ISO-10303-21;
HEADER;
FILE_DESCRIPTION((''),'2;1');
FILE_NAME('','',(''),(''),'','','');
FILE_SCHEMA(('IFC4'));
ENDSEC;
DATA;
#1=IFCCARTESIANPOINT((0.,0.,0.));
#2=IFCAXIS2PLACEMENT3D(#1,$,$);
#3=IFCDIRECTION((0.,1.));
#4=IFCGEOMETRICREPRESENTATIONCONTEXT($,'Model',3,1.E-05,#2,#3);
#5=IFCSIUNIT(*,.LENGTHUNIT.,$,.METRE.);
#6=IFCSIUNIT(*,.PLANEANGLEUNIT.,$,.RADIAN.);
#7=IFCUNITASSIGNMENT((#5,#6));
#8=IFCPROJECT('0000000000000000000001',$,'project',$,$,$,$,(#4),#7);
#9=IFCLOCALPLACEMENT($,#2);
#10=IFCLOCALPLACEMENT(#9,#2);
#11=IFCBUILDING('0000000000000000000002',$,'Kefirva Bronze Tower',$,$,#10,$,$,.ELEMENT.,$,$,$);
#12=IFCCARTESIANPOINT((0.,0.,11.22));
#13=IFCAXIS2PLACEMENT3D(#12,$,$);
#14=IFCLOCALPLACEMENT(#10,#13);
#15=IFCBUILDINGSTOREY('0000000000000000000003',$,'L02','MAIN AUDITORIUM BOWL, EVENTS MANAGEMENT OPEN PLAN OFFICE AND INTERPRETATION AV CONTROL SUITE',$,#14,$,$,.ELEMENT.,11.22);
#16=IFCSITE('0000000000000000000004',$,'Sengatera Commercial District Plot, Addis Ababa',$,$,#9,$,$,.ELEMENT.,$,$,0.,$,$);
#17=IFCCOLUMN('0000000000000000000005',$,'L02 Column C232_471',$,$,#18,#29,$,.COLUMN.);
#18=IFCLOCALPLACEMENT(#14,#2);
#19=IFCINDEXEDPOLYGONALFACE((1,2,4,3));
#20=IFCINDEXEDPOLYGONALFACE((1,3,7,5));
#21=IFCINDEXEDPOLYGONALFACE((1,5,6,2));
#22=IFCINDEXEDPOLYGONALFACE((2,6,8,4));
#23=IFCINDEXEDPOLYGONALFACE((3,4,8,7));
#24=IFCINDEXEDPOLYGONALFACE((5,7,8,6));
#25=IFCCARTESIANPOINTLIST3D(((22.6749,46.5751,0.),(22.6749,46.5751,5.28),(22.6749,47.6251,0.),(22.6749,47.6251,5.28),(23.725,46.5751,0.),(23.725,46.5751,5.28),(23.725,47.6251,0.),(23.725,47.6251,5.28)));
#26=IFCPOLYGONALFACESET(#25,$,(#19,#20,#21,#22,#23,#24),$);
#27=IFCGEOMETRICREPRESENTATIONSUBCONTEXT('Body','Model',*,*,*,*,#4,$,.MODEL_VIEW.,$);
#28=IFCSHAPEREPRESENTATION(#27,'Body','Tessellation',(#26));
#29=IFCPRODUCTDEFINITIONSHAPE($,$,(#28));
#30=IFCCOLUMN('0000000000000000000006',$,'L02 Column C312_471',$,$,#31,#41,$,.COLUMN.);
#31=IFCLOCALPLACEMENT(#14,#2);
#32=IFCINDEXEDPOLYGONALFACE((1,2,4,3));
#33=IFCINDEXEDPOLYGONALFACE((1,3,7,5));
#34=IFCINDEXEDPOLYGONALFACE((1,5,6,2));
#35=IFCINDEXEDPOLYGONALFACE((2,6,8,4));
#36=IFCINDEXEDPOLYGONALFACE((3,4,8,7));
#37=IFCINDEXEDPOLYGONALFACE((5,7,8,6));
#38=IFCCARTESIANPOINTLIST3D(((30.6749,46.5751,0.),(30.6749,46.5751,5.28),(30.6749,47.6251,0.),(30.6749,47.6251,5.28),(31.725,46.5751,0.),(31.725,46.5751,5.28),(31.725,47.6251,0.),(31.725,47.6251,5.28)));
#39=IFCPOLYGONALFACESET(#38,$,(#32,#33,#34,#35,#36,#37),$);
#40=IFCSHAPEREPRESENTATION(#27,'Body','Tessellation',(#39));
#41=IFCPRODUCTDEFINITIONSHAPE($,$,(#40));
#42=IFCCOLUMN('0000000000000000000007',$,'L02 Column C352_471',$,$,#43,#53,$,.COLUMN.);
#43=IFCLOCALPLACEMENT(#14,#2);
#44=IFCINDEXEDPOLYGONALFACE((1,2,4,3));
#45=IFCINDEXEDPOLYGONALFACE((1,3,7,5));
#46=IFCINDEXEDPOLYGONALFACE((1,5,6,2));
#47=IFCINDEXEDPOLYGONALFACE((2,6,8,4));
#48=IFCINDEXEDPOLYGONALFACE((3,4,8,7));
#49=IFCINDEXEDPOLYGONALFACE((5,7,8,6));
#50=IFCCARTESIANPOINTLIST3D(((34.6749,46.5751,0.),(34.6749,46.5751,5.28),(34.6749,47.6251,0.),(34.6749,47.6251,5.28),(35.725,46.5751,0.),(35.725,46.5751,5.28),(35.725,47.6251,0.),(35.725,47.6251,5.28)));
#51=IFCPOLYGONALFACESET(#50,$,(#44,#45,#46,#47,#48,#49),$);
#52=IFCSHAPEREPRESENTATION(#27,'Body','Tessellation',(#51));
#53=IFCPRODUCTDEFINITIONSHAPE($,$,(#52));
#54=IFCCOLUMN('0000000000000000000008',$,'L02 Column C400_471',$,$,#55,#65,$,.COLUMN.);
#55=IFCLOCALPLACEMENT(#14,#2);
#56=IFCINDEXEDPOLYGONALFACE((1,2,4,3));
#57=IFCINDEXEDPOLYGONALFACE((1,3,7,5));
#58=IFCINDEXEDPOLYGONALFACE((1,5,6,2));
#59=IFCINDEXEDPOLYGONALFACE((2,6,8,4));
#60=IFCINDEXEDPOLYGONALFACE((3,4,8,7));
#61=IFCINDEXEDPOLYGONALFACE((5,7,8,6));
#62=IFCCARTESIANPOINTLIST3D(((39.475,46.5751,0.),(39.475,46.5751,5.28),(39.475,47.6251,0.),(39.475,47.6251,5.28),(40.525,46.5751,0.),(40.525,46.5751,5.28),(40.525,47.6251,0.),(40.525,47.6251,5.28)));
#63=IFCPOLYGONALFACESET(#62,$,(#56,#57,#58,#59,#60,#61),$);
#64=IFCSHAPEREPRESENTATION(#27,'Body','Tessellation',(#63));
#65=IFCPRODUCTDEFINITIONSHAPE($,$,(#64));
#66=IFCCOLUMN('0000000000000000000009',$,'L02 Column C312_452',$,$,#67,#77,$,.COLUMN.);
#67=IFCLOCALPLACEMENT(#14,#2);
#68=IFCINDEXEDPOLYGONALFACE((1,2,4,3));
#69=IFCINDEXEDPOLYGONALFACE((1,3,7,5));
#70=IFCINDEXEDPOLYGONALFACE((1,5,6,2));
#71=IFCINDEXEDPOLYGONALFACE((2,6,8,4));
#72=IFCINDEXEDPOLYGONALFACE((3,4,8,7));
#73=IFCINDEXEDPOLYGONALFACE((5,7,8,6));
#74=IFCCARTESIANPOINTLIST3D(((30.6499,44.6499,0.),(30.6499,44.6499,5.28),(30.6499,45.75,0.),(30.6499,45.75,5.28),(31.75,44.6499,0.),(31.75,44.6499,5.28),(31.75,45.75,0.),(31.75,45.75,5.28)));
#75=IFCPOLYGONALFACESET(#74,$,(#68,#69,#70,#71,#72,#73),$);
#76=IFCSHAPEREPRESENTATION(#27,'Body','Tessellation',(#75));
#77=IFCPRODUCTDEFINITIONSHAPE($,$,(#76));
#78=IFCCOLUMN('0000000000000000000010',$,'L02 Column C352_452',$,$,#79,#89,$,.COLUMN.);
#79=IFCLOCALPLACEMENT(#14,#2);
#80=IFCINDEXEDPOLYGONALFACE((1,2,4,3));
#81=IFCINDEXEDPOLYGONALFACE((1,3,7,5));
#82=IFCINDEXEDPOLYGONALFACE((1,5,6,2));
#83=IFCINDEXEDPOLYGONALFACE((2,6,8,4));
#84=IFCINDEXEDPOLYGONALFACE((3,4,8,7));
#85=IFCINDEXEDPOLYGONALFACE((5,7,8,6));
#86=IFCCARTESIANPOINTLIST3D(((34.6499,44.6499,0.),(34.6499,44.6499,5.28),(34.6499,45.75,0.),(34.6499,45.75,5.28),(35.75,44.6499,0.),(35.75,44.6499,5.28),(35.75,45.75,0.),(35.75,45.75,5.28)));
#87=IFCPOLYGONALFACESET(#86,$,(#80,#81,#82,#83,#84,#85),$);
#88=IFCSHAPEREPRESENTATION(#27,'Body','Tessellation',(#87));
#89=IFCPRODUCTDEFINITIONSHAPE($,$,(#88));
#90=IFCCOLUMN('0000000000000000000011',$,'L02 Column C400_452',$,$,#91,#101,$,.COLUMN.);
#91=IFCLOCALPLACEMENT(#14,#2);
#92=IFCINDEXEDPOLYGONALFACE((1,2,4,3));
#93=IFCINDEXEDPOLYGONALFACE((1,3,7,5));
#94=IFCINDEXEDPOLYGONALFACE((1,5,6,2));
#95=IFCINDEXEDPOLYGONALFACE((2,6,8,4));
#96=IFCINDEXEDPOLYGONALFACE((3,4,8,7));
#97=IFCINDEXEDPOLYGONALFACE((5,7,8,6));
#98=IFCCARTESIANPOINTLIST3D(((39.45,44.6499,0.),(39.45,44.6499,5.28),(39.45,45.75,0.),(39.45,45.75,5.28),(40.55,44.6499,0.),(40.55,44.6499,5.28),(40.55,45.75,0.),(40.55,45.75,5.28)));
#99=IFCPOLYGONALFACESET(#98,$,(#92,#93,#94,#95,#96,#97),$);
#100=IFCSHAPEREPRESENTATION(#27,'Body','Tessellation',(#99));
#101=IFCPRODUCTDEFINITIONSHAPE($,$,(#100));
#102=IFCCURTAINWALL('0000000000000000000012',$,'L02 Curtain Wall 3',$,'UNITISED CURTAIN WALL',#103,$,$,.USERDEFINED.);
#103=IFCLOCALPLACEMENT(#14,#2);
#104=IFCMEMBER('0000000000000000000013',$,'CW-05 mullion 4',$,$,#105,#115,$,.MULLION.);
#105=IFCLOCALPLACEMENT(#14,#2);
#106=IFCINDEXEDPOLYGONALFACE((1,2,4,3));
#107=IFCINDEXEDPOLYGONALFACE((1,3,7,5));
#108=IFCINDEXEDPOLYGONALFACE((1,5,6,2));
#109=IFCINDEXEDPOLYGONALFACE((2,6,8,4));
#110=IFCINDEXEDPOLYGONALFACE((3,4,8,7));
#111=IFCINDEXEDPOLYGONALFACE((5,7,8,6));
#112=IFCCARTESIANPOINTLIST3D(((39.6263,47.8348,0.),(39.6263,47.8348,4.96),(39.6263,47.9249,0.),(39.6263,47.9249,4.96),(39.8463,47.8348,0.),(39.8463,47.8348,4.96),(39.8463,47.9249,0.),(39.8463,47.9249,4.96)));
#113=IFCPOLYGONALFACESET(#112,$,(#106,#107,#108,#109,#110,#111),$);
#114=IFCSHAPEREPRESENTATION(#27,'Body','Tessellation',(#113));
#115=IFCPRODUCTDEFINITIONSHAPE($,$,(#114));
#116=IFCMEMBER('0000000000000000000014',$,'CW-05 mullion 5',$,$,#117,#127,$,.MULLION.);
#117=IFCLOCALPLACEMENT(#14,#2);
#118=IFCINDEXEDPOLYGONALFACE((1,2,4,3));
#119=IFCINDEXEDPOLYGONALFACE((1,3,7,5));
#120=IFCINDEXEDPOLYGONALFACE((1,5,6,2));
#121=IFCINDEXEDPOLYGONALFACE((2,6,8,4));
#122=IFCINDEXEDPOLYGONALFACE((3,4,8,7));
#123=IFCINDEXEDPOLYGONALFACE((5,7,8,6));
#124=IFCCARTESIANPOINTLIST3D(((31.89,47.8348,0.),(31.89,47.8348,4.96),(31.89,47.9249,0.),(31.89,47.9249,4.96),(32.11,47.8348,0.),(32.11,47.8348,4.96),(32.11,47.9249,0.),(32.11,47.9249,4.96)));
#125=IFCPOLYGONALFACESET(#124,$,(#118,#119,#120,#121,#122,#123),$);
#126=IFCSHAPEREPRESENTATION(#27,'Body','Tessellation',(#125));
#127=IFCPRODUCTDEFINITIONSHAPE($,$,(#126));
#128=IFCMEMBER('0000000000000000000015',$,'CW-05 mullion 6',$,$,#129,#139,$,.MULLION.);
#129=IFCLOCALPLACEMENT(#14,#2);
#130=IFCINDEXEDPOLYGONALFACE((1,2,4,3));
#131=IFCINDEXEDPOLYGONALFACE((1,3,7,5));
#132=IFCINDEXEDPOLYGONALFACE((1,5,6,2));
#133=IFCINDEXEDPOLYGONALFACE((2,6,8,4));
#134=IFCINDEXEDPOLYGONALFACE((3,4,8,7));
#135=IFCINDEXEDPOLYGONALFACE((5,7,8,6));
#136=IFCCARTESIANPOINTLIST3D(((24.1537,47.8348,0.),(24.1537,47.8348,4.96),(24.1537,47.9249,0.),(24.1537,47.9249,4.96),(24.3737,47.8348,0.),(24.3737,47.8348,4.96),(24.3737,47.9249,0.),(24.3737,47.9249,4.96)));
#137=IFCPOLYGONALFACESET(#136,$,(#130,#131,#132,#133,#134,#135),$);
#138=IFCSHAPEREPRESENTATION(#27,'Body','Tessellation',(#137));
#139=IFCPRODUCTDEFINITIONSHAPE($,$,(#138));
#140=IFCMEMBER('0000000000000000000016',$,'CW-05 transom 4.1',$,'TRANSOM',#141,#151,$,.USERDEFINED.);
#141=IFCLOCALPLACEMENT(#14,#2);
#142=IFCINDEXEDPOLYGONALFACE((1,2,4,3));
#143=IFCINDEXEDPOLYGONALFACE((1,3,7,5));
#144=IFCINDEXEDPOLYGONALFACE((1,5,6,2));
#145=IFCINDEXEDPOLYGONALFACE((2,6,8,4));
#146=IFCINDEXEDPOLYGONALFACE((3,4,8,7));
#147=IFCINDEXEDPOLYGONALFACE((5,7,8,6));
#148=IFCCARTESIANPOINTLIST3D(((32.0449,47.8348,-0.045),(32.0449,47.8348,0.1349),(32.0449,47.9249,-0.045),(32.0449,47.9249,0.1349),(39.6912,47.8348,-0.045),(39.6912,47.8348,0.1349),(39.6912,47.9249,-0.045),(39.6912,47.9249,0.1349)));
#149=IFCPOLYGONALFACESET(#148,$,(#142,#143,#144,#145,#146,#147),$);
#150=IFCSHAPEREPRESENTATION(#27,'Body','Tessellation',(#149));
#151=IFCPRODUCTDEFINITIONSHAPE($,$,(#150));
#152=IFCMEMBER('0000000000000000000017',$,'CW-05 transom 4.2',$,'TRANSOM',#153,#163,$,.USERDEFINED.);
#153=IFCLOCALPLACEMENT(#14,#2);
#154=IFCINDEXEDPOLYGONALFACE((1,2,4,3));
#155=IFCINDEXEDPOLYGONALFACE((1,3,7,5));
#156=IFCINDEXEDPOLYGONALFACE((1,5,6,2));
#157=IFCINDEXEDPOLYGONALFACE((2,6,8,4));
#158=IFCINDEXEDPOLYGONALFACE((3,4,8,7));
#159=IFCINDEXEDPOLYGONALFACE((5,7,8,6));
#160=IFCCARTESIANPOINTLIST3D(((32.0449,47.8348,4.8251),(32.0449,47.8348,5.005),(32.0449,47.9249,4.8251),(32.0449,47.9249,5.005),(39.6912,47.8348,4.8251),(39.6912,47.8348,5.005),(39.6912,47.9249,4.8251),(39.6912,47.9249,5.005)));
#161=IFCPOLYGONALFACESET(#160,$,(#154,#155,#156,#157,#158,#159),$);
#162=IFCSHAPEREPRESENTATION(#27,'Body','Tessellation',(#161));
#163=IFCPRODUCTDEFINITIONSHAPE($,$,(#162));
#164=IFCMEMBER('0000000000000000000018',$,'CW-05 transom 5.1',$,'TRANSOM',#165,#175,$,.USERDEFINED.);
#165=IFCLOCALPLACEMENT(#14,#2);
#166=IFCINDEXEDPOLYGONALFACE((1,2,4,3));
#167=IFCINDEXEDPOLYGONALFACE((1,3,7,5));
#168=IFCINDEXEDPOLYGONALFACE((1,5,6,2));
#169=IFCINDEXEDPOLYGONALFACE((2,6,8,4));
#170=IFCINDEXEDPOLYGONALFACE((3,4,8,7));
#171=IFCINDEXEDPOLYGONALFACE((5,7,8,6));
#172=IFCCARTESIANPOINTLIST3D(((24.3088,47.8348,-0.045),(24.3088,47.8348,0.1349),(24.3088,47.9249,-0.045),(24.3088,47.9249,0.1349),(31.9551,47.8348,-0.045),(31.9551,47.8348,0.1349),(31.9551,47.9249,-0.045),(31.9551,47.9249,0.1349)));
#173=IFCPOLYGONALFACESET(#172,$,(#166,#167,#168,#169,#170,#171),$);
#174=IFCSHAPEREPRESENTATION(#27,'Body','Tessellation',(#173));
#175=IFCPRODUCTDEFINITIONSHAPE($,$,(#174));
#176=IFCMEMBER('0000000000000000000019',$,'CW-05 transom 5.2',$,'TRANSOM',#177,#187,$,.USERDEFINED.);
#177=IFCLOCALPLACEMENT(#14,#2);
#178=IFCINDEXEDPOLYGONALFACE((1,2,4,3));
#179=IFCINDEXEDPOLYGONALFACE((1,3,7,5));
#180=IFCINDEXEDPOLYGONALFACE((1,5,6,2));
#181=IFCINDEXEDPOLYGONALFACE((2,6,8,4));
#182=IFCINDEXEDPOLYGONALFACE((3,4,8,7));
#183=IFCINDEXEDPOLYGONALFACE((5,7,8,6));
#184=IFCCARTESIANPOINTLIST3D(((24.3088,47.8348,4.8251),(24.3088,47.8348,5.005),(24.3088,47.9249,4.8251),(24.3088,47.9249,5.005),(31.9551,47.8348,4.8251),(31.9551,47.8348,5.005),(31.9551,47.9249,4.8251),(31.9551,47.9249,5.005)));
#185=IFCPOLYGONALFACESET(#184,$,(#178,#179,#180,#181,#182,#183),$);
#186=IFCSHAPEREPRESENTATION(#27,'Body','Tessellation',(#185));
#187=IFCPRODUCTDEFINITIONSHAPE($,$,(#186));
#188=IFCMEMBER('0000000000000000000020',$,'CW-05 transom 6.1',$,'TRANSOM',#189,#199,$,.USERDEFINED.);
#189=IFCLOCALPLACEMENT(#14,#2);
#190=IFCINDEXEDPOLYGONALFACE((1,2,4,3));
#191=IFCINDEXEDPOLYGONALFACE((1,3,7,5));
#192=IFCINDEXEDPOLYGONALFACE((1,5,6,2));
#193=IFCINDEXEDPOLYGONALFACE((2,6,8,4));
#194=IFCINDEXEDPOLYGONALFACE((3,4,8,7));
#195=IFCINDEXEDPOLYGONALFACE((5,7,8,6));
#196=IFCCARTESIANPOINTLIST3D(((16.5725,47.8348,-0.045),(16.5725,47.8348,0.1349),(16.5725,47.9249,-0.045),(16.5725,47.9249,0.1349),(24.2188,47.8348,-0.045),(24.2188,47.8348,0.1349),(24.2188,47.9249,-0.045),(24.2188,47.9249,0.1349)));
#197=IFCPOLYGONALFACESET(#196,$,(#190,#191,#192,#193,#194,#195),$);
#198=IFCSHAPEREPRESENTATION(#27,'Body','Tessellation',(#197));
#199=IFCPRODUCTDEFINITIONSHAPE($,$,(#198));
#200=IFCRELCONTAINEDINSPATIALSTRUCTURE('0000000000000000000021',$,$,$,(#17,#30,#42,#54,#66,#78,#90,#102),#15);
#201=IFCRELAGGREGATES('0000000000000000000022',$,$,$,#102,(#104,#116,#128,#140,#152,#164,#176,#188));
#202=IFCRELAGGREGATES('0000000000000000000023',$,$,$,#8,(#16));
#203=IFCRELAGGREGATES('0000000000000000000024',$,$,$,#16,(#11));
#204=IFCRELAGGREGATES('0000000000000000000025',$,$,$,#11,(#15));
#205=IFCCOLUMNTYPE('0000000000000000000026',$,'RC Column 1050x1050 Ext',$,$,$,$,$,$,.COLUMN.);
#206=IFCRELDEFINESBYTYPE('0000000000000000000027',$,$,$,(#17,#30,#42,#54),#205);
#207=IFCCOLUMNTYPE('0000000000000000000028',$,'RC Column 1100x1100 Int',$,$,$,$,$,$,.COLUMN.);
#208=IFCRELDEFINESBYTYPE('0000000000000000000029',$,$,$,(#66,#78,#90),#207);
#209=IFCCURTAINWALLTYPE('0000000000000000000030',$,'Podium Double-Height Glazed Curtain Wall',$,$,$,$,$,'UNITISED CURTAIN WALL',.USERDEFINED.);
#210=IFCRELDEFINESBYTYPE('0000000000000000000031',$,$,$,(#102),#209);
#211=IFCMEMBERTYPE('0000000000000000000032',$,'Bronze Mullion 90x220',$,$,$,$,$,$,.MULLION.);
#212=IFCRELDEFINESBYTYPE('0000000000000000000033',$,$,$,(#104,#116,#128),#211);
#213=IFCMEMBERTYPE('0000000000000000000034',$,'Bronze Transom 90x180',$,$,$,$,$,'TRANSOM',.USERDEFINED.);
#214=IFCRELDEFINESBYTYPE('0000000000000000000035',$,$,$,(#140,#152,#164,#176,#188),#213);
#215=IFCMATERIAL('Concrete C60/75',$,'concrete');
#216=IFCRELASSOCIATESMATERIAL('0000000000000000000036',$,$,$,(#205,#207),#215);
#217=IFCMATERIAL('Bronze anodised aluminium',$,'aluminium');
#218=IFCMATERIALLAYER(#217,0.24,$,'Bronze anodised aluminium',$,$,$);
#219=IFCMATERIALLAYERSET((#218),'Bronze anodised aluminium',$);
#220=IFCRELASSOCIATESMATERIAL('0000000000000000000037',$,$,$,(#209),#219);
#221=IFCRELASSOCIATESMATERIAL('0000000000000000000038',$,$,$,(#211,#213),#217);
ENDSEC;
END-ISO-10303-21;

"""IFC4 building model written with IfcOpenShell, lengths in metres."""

from ifc_helpers import new_model, si_unit, direction, frame, origin, origin_2d, place, context, subcontext, project, spatial, rectangle, extrude, material, layer, layer_set, material_profile, profile_set, type_object, element, aggregate, save


model = new_model("IFC4")

# Units and contexts
model_context = context("Model", 3, precision=1e-05, world=origin(), true_north=direction((0.0, 1.0)))
body_context = subcontext(model_context, "Body", "Model", "MODEL_VIEW")
ifc_project = project(units=[si_unit("LENGTHUNIT", "METRE"), si_unit("PLANEANGLEUNIT", "RADIAN")], contexts=[model_context])

# Site, building, storey
site_placement = place(None, origin())
site = spatial("IfcSite", under=ifc_project, at=site_placement, Name="Sengatera Commercial District Plot, Addis Ababa", CompositionType="ELEMENT", RefElevation=0.0)
building_placement = place(site_placement, origin())
building = spatial("IfcBuilding", under=site, at=building_placement, Name="Kefirva Bronze Tower", CompositionType="ELEMENT")
storey_placement = place(building_placement, frame((0.0, 0.0, 11.22)))
storey = spatial("IfcBuildingStorey", under=building, at=storey_placement, Name="L02", Description="MAIN AUDITORIUM BOWL, EVENTS MANAGEMENT OPEN PLAN OFFICE AND INTERPRETATION AV CONTROL SUITE", CompositionType="ELEMENT", Elevation=11.22)

# Columns
ifc_material_1 = material(Name="Concrete C60/75", Category="concrete")
ifc_material_profile_1 = material_profile(ifc_material_1, rectangle(XDim=1.05, YDim=1.05, at=origin_2d()), Name="RC 1050x1050")
ifc_profile_set_1 = profile_set([ifc_material_profile_1], Name="Concrete C60/75")
column_type_1 = type_object("IfcColumnType", Name="RC Column 1050x1050 Ext", PredefinedType="COLUMN", material=ifc_profile_set_1)
for number, where, z_axis, x_axis, name in (
    (1, (23.2, 47.1001, 0.0), (0.0, 0.0, 1.0), (1.0, 0.0, 0.0), "L02 Column C232_471"),
    (2, (31.2, 47.1001, 0.0), (0.0, 0.0, 1.0), (1.0, 0.0, 0.0), "L02 Column C312_471"),
    (3, (35.2, 47.1001, 0.0), (0.0, 0.0, 1.0), (1.0, 0.0, 0.0), "L02 Column C352_471"),
    (4, (40.0, 47.1001, 0.0), (0.0, 0.0, 1.0), (1.0, 0.0, 0.0), "L02 Column C400_471"),
):
    element("IfcColumn", number, at=place(storey_placement, frame(where, z_axis=z_axis, x_axis=x_axis)), inside=storey, type_object=column_type_1, Name=name, PredefinedType="COLUMN", context=body_context, shape_type="SweptSolid", body=[
        extrude(rectangle(XDim=1.05, YDim=1.05, at=origin_2d()), origin(), (0.0, 0.0, 1.0), 5.28),
    ])
ifc_material_profile_2 = material_profile(ifc_material_1, rectangle(XDim=1.1001, YDim=1.1001, at=origin_2d()), Name="RC 1100x1100")
ifc_profile_set_2 = profile_set([ifc_material_profile_2], Name="Concrete C60/75")
column_type_2 = type_object("IfcColumnType", Name="RC Column 1100x1100 Int", PredefinedType="COLUMN", material=ifc_profile_set_2)
for number, where, z_axis, x_axis, name in (
    (5, (31.2, 45.2, 0.0), (0.0, 0.0, 1.0), (1.0, 0.0, 0.0), "L02 Column C312_452"),
    (6, (35.2, 45.2, 0.0), (0.0, 0.0, 1.0), (1.0, 0.0, 0.0), "L02 Column C352_452"),
    (7, (40.0, 45.2, 0.0), (0.0, 0.0, 1.0), (1.0, 0.0, 0.0), "L02 Column C400_452"),
):
    element("IfcColumn", number, at=place(storey_placement, frame(where, z_axis=z_axis, x_axis=x_axis)), inside=storey, type_object=column_type_2, Name=name, PredefinedType="COLUMN", context=body_context, shape_type="SweptSolid", body=[
        extrude(rectangle(XDim=1.1001, YDim=1.1001, at=origin_2d()), origin(), (0.0, 0.0, 1.0), 5.28),
    ])

# Curtain wall, members
ifc_material_2 = material(Name="Bronze anodised aluminium", Category="aluminium")
ifc_layer_1 = layer(ifc_material_2, 0.24, Name="Bronze anodised aluminium")
ifc_layer_set_1 = layer_set([ifc_layer_1], Name="Bronze anodised aluminium")
curtain_wall_type = type_object("IfcCurtainWallType", Name="Podium Double-Height Glazed Curtain Wall", ElementType="UNITISED CURTAIN WALL", PredefinedType="USERDEFINED", material=ifc_layer_set_1)
curtain_wall_placement = place(storey_placement, origin())
curtain_wall = element("IfcCurtainWall", 8, at=curtain_wall_placement, inside=storey, type_object=curtain_wall_type, Name="L02 Curtain Wall 3", ObjectType="UNITISED CURTAIN WALL", PredefinedType="USERDEFINED")
ifc_material_profile_3 = material_profile(ifc_material_2, rectangle(XDim=0.0901, YDim=0.22, at=origin_2d()), Name="ALU 90x220")
ifc_profile_set_3 = profile_set([ifc_material_profile_3], Name="Bronze anodised aluminium")
member_type_1 = type_object("IfcMemberType", Name="Bronze Mullion 90x220", PredefinedType="MULLION", material=ifc_profile_set_3)
member_1_placement = place(storey_placement, frame((39.7363, 47.8799, 0.0), z_axis=(0.0, 0.0, 1.0), x_axis=(0.0, -1.0, 0.0)))
member_1 = element("IfcMember", 9, at=member_1_placement, type_object=member_type_1, Name="CW-05 mullion 4", PredefinedType="MULLION", context=body_context, shape_type="SweptSolid", body=[
    extrude(rectangle(XDim=0.0901, YDim=0.22, at=origin_2d()), origin(), (0.0, 0.0, 1.0), 4.96),
])
member_2_placement = place(storey_placement, frame((32.0, 47.8799, 0.0), z_axis=(0.0, 0.0, 1.0), x_axis=(0.0, -1.0, 0.0)))
member_2 = element("IfcMember", 10, at=member_2_placement, type_object=member_type_1, Name="CW-05 mullion 5", PredefinedType="MULLION", context=body_context, shape_type="SweptSolid", body=[
    extrude(rectangle(XDim=0.0901, YDim=0.22, at=origin_2d()), origin(), (0.0, 0.0, 1.0), 4.96),
])
member_3_placement = place(storey_placement, frame((24.2637, 47.8799, 0.0), z_axis=(0.0, 0.0, 1.0), x_axis=(0.0, -1.0, 0.0)))
member_3 = element("IfcMember", 11, at=member_3_placement, type_object=member_type_1, Name="CW-05 mullion 6", PredefinedType="MULLION", context=body_context, shape_type="SweptSolid", body=[
    extrude(rectangle(XDim=0.0901, YDim=0.22, at=origin_2d()), origin(), (0.0, 0.0, 1.0), 4.96),
])
ifc_material_profile_4 = material_profile(ifc_material_2, rectangle(XDim=0.0901, YDim=0.1799, at=origin_2d()), Name="ALU 90x180")
ifc_profile_set_4 = profile_set([ifc_material_profile_4], Name="Bronze anodised aluminium")
member_type_2 = type_object("IfcMemberType", Name="Bronze Transom 90x180", ElementType="TRANSOM", PredefinedType="USERDEFINED", material=ifc_profile_set_4)
member_4_placement = place(storey_placement, frame((39.6912, 47.8799, 0.0449), z_axis=(-1.0, 0.0, 0.0), x_axis=(0.0, -1.0, 0.0)))
member_4 = element("IfcMember", 12, at=member_4_placement, type_object=member_type_2, Name="CW-05 transom 4.1", ObjectType="TRANSOM", PredefinedType="USERDEFINED", context=body_context, shape_type="SweptSolid", body=[
    extrude(rectangle(XDim=0.0901, YDim=0.1799, at=origin_2d()), origin(), (0.0, 0.0, 1.0), 7.6462),
])
member_5_placement = place(storey_placement, frame((39.6912, 47.8799, 4.915), z_axis=(-1.0, 0.0, 0.0), x_axis=(0.0, -1.0, 0.0)))
member_5 = element("IfcMember", 13, at=member_5_placement, type_object=member_type_2, Name="CW-05 transom 4.2", ObjectType="TRANSOM", PredefinedType="USERDEFINED", context=body_context, shape_type="SweptSolid", body=[
    extrude(rectangle(XDim=0.0901, YDim=0.1799, at=origin_2d()), origin(), (0.0, 0.0, 1.0), 7.6462),
])
member_6_placement = place(storey_placement, frame((31.9551, 47.8799, 0.0449), z_axis=(-1.0, 0.0, 0.0), x_axis=(0.0, -1.0, 0.0)))
member_6 = element("IfcMember", 14, at=member_6_placement, type_object=member_type_2, Name="CW-05 transom 5.1", ObjectType="TRANSOM", PredefinedType="USERDEFINED", context=body_context, shape_type="SweptSolid", body=[
    extrude(rectangle(XDim=0.0901, YDim=0.1799, at=origin_2d()), origin(), (0.0, 0.0, 1.0), 7.6462),
])
member_7_placement = place(storey_placement, frame((31.9551, 47.8799, 4.915), z_axis=(-1.0, 0.0, 0.0), x_axis=(0.0, -1.0, 0.0)))
member_7 = element("IfcMember", 15, at=member_7_placement, type_object=member_type_2, Name="CW-05 transom 5.2", ObjectType="TRANSOM", PredefinedType="USERDEFINED", context=body_context, shape_type="SweptSolid", body=[
    extrude(rectangle(XDim=0.0901, YDim=0.1799, at=origin_2d()), origin(), (0.0, 0.0, 1.0), 7.6462),
])
member_8_placement = place(storey_placement, frame((24.2188, 47.8799, 0.0449), z_axis=(-1.0, 0.0, 0.0), x_axis=(0.0, -1.0, 0.0)))
member_8 = element("IfcMember", 16, at=member_8_placement, type_object=member_type_2, Name="CW-05 transom 6.1", ObjectType="TRANSOM", PredefinedType="USERDEFINED", context=body_context, shape_type="SweptSolid", body=[
    extrude(rectangle(XDim=0.0901, YDim=0.1799, at=origin_2d()), origin(), (0.0, 0.0, 1.0), 7.6462),
])

aggregate(curtain_wall, [member_1, member_2, member_3, member_4, member_5, member_6, member_7, member_8])

save(model, "model.ifc")
